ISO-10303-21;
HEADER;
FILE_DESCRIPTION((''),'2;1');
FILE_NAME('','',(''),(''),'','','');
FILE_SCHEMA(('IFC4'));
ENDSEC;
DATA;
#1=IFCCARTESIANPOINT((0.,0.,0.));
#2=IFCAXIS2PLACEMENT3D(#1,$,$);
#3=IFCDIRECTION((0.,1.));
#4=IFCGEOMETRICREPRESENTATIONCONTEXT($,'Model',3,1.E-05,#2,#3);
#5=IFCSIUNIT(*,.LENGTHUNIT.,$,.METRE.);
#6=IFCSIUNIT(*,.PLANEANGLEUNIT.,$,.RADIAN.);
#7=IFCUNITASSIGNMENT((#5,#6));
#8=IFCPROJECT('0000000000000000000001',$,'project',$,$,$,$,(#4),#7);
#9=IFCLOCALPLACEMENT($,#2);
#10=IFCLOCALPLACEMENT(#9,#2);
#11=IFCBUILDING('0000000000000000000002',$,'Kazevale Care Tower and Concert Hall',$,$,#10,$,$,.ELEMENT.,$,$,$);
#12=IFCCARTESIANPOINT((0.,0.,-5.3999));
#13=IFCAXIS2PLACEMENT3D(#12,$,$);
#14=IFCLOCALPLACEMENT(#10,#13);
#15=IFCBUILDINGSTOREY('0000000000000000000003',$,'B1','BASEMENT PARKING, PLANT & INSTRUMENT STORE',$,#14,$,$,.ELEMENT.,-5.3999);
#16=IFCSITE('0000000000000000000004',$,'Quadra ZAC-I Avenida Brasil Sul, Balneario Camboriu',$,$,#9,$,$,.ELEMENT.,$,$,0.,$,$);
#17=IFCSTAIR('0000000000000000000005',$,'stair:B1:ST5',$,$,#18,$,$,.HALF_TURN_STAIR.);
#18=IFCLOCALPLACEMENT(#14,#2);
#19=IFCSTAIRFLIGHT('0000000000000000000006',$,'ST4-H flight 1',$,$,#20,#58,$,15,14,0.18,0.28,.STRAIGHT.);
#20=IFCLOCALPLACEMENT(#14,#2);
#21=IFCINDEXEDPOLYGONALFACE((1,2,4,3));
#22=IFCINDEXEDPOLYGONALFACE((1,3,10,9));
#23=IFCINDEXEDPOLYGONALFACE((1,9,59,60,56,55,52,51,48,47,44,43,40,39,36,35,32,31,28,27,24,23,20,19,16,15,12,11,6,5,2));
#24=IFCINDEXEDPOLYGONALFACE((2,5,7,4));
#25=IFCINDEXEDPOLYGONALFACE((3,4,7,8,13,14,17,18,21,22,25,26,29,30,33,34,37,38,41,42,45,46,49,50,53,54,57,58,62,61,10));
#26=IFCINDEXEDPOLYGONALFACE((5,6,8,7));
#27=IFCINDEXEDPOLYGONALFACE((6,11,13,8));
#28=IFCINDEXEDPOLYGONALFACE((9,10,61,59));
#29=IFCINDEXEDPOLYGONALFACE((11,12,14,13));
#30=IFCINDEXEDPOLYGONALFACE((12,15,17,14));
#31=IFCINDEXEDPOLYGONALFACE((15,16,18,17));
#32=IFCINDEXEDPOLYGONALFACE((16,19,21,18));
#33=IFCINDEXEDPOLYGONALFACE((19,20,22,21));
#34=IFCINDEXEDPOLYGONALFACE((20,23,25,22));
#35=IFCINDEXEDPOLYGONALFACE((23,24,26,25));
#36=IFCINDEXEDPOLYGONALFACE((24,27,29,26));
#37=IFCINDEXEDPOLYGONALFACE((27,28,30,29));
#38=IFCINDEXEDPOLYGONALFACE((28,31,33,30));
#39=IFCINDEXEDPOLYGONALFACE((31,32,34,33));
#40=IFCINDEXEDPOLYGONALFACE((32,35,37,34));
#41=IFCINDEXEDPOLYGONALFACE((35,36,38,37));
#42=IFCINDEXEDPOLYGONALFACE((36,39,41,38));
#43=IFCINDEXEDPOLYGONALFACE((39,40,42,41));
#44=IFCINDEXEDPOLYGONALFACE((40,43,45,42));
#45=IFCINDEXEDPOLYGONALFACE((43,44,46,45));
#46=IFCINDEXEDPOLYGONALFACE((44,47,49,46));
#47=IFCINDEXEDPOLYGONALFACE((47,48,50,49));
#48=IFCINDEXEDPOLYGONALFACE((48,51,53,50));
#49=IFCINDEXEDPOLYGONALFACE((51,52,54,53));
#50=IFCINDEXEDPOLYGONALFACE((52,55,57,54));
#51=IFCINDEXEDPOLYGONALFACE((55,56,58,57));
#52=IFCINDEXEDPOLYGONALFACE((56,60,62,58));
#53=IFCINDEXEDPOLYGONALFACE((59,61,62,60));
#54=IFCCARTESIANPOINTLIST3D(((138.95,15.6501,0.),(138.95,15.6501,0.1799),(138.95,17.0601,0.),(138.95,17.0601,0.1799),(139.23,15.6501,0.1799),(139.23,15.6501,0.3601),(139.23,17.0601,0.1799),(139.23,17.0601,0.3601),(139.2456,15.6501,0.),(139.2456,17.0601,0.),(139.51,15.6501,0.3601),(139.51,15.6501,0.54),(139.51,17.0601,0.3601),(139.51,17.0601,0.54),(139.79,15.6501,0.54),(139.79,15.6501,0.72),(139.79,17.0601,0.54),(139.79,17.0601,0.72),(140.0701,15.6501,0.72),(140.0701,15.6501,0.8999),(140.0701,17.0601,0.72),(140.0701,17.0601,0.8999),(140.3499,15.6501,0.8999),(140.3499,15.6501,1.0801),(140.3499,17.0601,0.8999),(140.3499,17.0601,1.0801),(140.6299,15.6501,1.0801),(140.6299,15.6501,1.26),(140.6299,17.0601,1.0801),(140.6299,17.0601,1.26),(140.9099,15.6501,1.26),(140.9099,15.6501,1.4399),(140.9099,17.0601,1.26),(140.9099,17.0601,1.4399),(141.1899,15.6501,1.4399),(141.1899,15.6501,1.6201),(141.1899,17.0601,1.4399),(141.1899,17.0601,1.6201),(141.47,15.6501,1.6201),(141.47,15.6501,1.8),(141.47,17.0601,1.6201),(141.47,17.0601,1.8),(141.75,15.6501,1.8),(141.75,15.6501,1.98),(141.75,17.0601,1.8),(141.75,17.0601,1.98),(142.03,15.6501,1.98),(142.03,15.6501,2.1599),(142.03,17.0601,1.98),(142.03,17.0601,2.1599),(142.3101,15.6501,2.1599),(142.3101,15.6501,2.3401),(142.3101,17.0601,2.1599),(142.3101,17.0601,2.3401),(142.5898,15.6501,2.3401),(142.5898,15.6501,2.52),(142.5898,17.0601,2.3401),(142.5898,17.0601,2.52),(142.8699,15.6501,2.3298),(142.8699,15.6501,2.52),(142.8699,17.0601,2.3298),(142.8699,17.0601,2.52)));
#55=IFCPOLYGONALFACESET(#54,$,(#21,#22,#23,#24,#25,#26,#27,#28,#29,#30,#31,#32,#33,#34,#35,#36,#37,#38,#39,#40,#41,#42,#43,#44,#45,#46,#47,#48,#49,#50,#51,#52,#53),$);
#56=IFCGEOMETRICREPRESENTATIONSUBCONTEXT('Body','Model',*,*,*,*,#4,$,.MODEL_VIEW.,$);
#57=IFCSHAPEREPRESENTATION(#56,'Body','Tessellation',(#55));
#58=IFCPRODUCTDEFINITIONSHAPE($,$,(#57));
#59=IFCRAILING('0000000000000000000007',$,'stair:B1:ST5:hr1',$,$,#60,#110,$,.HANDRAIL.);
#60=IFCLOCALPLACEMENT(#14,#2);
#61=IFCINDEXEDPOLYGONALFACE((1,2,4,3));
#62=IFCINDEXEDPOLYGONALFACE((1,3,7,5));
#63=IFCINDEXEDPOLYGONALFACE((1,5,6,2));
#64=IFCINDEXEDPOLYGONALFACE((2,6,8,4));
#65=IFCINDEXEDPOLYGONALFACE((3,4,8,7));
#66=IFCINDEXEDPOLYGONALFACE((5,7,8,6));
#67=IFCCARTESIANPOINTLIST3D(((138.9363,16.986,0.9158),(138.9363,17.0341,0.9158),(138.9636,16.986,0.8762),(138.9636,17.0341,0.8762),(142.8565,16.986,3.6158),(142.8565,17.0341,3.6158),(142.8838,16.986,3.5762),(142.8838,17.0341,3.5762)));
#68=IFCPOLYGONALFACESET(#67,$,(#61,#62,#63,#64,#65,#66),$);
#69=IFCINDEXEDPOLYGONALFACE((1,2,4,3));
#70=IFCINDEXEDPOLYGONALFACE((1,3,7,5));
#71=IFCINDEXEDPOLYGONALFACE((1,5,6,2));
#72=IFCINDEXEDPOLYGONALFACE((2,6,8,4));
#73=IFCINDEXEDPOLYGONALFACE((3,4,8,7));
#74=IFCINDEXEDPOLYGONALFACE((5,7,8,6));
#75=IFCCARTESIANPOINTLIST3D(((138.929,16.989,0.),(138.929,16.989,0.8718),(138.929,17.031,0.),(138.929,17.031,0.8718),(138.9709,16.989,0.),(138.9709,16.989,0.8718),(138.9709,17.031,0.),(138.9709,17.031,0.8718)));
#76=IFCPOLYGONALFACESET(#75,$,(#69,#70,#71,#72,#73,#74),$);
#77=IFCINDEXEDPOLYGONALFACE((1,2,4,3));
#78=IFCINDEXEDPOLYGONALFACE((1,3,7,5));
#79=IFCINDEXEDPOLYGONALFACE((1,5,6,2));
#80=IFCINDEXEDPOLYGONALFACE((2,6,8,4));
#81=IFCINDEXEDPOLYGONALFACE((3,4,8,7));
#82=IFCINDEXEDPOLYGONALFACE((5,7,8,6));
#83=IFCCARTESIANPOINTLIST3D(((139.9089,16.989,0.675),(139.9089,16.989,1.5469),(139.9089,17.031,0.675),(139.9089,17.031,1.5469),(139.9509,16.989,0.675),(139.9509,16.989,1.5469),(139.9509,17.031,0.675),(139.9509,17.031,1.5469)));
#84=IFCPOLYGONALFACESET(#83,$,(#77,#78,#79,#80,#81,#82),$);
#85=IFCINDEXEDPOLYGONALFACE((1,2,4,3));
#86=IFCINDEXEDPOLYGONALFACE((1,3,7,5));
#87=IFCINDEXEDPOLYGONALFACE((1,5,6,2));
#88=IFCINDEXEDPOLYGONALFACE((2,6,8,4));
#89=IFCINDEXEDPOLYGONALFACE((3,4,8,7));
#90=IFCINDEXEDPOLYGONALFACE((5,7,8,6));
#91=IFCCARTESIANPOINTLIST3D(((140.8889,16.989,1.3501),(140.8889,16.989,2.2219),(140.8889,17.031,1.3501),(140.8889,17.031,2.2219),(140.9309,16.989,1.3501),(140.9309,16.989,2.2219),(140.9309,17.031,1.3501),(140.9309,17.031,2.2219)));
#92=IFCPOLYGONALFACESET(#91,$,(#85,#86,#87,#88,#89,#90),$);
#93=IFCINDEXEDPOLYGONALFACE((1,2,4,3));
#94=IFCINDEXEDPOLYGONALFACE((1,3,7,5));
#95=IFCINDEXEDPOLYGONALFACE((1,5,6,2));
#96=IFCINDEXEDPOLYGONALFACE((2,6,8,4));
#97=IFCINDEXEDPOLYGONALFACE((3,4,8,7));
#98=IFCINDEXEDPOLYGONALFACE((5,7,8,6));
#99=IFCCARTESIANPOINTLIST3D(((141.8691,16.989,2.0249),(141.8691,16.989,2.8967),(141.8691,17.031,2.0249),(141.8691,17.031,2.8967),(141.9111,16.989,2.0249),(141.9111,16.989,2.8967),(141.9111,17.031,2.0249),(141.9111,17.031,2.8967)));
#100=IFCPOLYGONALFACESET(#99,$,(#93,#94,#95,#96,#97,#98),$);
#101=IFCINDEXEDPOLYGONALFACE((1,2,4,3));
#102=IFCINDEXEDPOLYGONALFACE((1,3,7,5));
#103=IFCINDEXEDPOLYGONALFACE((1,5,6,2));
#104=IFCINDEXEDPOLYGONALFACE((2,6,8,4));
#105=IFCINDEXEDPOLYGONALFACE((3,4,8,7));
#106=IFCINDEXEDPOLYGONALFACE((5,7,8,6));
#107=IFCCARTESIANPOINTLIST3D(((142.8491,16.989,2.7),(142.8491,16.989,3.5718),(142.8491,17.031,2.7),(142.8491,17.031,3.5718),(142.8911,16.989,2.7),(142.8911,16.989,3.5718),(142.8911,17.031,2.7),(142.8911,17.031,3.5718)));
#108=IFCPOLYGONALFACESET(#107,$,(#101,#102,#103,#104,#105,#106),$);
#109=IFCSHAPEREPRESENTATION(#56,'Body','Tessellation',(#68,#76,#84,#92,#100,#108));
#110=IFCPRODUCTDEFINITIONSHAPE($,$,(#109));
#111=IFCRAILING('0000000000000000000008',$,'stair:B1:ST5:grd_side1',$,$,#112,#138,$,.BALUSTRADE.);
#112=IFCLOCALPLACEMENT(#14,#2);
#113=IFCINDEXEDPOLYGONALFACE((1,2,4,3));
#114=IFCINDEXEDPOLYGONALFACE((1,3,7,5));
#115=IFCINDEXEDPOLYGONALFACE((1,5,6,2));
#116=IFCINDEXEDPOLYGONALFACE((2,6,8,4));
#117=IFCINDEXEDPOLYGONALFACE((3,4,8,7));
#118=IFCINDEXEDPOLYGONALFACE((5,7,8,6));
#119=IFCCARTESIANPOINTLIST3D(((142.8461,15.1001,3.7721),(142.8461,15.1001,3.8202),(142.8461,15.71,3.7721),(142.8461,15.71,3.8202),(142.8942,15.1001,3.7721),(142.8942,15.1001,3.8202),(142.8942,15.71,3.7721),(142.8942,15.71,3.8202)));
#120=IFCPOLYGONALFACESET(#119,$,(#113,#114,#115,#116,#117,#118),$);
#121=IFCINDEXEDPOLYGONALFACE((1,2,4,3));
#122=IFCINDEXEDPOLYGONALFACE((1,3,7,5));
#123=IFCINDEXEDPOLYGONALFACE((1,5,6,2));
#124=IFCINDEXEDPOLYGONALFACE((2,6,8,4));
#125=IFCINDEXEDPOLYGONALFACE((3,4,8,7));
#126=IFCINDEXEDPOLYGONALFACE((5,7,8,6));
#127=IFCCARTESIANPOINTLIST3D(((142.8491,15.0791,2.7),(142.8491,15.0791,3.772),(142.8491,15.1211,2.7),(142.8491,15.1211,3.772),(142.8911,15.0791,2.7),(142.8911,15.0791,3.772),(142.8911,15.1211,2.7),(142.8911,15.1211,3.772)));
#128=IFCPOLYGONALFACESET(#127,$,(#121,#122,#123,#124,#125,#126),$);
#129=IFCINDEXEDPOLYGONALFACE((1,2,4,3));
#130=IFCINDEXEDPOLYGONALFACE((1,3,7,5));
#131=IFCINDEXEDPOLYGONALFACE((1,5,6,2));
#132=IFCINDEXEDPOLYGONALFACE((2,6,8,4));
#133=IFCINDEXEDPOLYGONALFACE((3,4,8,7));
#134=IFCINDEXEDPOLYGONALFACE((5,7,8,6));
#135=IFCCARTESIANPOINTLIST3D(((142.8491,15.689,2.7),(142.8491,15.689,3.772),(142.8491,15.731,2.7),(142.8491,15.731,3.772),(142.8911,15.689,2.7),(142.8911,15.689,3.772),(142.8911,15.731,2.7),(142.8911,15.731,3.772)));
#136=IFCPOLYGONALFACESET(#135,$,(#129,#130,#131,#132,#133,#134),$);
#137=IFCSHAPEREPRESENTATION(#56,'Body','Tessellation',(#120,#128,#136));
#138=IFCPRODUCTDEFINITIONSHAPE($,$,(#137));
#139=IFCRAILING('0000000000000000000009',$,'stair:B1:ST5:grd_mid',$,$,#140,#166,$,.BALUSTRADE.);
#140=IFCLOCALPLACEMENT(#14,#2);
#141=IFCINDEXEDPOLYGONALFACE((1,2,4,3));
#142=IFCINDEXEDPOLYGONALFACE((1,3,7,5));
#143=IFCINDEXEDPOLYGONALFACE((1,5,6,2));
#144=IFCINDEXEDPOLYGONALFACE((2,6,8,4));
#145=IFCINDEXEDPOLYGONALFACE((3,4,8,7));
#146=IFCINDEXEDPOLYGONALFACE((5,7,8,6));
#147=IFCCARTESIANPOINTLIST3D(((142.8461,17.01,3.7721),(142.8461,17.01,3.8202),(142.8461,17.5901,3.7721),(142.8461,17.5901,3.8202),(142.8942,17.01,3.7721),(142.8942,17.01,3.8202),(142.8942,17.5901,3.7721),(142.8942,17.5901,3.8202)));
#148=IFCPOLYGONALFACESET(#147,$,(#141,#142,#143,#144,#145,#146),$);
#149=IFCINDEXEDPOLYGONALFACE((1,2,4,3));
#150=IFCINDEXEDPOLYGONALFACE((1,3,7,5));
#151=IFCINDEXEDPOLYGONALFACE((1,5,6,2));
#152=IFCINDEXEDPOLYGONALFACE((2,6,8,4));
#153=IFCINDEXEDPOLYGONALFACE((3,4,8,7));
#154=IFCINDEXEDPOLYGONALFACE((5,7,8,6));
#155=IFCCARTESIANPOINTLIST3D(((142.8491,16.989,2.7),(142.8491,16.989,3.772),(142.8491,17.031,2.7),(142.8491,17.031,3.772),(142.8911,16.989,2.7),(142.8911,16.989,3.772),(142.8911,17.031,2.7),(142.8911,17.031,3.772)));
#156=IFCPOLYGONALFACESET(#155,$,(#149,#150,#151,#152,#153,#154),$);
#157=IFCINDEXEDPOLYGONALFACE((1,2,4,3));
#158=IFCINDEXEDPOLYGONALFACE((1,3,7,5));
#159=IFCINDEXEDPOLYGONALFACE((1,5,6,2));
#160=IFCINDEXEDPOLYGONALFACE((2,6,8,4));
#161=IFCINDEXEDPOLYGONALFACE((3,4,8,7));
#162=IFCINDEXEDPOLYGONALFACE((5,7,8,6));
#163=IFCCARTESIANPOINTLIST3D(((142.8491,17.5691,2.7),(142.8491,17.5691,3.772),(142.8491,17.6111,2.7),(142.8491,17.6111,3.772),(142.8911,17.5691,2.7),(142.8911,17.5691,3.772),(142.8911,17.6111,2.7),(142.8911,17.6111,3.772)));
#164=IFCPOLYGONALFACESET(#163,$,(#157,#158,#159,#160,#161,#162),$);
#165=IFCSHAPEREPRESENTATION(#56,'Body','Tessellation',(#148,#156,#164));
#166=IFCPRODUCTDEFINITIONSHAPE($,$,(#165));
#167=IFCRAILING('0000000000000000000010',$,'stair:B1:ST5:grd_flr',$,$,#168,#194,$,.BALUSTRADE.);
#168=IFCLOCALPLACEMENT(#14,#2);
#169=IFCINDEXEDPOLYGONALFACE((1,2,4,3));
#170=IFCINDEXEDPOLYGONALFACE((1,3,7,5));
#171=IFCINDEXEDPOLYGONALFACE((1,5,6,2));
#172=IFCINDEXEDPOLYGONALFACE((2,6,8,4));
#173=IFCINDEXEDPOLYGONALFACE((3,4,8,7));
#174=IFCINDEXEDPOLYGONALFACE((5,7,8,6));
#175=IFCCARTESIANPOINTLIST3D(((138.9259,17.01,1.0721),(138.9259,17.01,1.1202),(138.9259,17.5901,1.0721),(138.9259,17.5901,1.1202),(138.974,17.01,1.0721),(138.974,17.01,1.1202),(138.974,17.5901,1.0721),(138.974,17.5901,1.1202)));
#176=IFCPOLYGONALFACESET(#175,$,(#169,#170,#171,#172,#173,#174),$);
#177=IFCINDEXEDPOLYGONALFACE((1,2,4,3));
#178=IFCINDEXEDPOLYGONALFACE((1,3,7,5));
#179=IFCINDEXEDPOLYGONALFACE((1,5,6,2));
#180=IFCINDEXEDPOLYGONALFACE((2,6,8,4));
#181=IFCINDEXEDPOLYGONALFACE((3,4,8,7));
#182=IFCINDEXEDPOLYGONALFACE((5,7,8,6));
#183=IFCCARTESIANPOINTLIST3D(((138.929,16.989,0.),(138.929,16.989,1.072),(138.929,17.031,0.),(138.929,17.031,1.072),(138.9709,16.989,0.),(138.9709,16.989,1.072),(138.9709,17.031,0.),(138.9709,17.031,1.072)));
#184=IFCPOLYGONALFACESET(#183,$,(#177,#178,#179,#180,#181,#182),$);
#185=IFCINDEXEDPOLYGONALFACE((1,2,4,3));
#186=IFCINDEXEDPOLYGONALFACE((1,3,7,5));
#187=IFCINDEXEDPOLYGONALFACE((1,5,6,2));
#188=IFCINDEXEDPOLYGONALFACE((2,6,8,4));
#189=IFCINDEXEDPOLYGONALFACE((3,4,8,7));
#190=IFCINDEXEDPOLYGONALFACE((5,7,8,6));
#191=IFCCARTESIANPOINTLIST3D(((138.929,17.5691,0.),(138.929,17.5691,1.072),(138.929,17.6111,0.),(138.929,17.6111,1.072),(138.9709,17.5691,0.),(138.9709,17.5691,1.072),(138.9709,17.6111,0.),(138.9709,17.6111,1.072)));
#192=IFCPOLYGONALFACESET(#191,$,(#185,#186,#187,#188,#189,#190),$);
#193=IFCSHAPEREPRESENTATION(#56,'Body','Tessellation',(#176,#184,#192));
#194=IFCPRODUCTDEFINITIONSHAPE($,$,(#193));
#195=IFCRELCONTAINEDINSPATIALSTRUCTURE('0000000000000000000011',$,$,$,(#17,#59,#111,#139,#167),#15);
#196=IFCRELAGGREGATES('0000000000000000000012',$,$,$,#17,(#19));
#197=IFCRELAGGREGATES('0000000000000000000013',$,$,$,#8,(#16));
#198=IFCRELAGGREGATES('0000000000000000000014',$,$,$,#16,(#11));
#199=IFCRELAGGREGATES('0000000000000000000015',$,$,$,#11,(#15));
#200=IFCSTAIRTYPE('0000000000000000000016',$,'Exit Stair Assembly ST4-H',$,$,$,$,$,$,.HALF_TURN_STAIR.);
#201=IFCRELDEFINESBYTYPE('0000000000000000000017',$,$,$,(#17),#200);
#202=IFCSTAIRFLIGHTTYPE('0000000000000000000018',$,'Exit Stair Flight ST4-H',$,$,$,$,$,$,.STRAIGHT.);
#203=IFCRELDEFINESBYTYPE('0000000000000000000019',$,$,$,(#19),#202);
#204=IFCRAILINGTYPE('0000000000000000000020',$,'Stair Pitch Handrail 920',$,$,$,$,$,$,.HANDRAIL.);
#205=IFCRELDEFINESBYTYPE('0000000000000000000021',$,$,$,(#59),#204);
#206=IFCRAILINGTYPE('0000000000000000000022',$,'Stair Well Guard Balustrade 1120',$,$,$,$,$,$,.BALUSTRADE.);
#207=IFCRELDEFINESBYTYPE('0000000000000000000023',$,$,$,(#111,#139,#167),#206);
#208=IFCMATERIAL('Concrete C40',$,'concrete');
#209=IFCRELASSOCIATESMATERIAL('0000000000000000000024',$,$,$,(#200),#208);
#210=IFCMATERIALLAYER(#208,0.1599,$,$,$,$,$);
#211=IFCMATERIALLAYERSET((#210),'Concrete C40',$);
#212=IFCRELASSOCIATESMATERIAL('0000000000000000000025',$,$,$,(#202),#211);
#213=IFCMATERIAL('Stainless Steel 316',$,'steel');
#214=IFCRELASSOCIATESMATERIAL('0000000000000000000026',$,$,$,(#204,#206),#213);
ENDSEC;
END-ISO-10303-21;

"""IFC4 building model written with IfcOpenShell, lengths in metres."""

from ifc_helpers import new_model, si_unit, direction, frame, origin, origin_2d, place, context, subcontext, project, spatial, polyline, rectangle, outline, extrude, material, layer, layer_set, type_object, element, aggregate, save


model = new_model("IFC4")

# Units and contexts
model_context = context("Model", 3, precision=1e-05, world=origin(), true_north=direction((0.0, 1.0)))
body_context = subcontext(model_context, "Body", "Model", "MODEL_VIEW")
ifc_project = project(units=[si_unit("LENGTHUNIT", "METRE"), si_unit("PLANEANGLEUNIT", "RADIAN")], contexts=[model_context])

# Site, building, storey
site_placement = place(None, origin())
site = spatial("IfcSite", under=ifc_project, at=site_placement, Name="Quadra ZAC-I Avenida Brasil Sul, Balneario Camboriu", CompositionType="ELEMENT", RefElevation=0.0)
building_placement = place(site_placement, origin())
building = spatial("IfcBuilding", under=site, at=building_placement, Name="Kazevale Care Tower and Concert Hall", CompositionType="ELEMENT")
storey_placement = place(building_placement, frame((0.0, 0.0, -5.3999)))
storey = spatial("IfcBuildingStorey", under=building, at=storey_placement, Name="B1", Description="BASEMENT PARKING, PLANT & INSTRUMENT STORE", CompositionType="ELEMENT", Elevation=-5.3999)

# Stair, stair flight
ifc_material_1 = material(Name="Concrete C40", Category="concrete")
stair_type = type_object("IfcStairType", Name="Exit Stair Assembly ST4-H", PredefinedType="HALF_TURN_STAIR", material=ifc_material_1)
stair_placement = place(storey_placement, origin())
stair = element("IfcStair", 1, at=stair_placement, inside=storey, type_object=stair_type, Name="stair:B1:ST5", PredefinedType="HALF_TURN_STAIR")
ifc_layer_1 = layer(ifc_material_1, 0.1599)
ifc_layer_set_1 = layer_set([ifc_layer_1], Name="Concrete C40")
stair_flight_type = type_object("IfcStairFlightType", Name="Exit Stair Flight ST4-H", PredefinedType="STRAIGHT", material=ifc_layer_set_1)
stair_flight_placement = place(storey_placement, frame((138.95, 16.355, 0.0), z_axis=(0.0, 0.0, 1.0), x_axis=(1.0, 0.0, 0.0)))
stair_flight = element("IfcStairFlight", 2, at=stair_flight_placement, type_object=stair_flight_type, Name="ST4-H flight 1", NumberOfRisers=15, NumberOfTreads=14, PredefinedType="STRAIGHT", RiserHeight=0.18, TreadLength=0.28, context=body_context, shape_type="SweptSolid", body=[
    extrude(outline(polyline([(0.0, 0.0), (0.0, 0.1799), (0.28, 0.1799), (0.28, 0.3601), (0.5601, 0.3601), (0.5601, 0.54), (0.8401, 0.54), (0.8401, 0.72), (1.1201, 0.72), (1.1201, 0.8999), (1.3999, 0.8999), (1.3999, 1.0801), (1.6799, 1.0801), (1.6799, 1.26), (1.96, 1.26), (1.96, 1.4399), (2.24, 1.4399), (2.24, 1.6201), (2.52, 1.6201), (2.52, 1.8), (2.8, 1.8), (2.8, 1.98), (3.0801, 1.98), (3.0801, 2.1599), (3.3601, 2.1599), (3.3601, 2.3401), (3.6399, 2.3401), (3.6399, 2.52), (3.9199, 2.52), (3.9199, 2.7), (3.9199, 2.3298), (0.2957, 0.0), (0.0, 0.0)])), frame((0.0, 0.7051, 0.0), z_axis=(0.0, -1.0, 0.0), x_axis=(1.0, 0.0, 0.0)), (0.0, 0.0, 1.0), 1.4099),
])
aggregate(stair, [stair_flight])

# Railings
ifc_material_2 = material(Name="Stainless Steel 316", Category="steel")
railing_type_1 = type_object("IfcRailingType", Name="Stair Pitch Handrail 920", PredefinedType="HANDRAIL", material=ifc_material_2)
railing_1_placement = place(storey_placement, frame((138.95, 17.01, 0.0)))
element("IfcRailing", 3, at=railing_1_placement, inside=storey, type_object=railing_type_1, Name="stair:B1:ST5:hr1", PredefinedType="HANDRAIL", context=body_context, shape_type="SweptSolid", body=[
    extrude(rectangle(XDim=0.0481, YDim=0.0481, at=origin_2d()), frame((0.0, 0.0, 0.896), z_axis=(0.823567, 0.0, 0.567219), x_axis=(0.0, 1.0, 0.0)), (0.0, 0.0, 1.0), 4.76),
    extrude(rectangle(XDim=0.042, YDim=0.042, at=origin_2d()), origin(), (0.0, 0.0, 1.0), 0.8718),
    extrude(rectangle(XDim=0.042, YDim=0.042, at=origin_2d()), frame((0.98, 0.0, 0.675)), (0.0, 0.0, 1.0), 0.8718),
    extrude(rectangle(XDim=0.042, YDim=0.042, at=origin_2d()), frame((1.96, 0.0, 1.3501)), (0.0, 0.0, 1.0), 0.8718),
    extrude(rectangle(XDim=0.042, YDim=0.042, at=origin_2d()), frame((2.9402, 0.0, 2.0249)), (0.0, 0.0, 1.0), 0.8718),
    extrude(rectangle(XDim=0.042, YDim=0.042, at=origin_2d()), frame((3.9202, 0.0, 2.7)), (0.0, 0.0, 1.0), 0.8718),
])
railing_type_2 = type_object("IfcRailingType", Name="Stair Well Guard Balustrade 1120", PredefinedType="BALUSTRADE", material=ifc_material_2)
railing_2_placement = place(storey_placement, frame((142.8701, 15.1001, 2.7)))
element("IfcRailing", 4, at=railing_2_placement, inside=storey, type_object=railing_type_2, Name="stair:B1:ST5:grd_side1", PredefinedType="BALUSTRADE", context=body_context, shape_type="SweptSolid", body=[
    extrude(rectangle(XDim=0.0481, YDim=0.0481, at=origin_2d()), frame((0.0, 0.0, 1.0962), z_axis=(0.0, 1.0, 0.0), x_axis=(-1.0, 0.0, 0.0)), (0.0, 0.0, 1.0), 0.6099),
    extrude(rectangle(XDim=0.042, YDim=0.042, at=origin_2d()), origin(), (0.0, 0.0, 1.0), 1.072),
    extrude(rectangle(XDim=0.042, YDim=0.042, at=origin_2d()), frame((0.0, 0.6099, 0.0)), (0.0, 0.0, 1.0), 1.072),
])
for number, where, name in (
    (5, (142.8701, 17.01, 2.7), "stair:B1:ST5:grd_mid"),
    (6, (138.95, 17.01, 0.0), "stair:B1:ST5:grd_flr"),
):
    element("IfcRailing", number, at=place(storey_placement, frame(where)), inside=storey, type_object=railing_type_2, Name=name, PredefinedType="BALUSTRADE", context=body_context, shape_type="SweptSolid", body=[
        extrude(rectangle(XDim=0.0481, YDim=0.0481, at=origin_2d()), frame((0.0, 0.0, 1.0962), z_axis=(0.0, 1.0, 0.0), x_axis=(-1.0, 0.0, 0.0)), (0.0, 0.0, 1.0), 0.5801),
        extrude(rectangle(XDim=0.042, YDim=0.042, at=origin_2d()), origin(), (0.0, 0.0, 1.0), 1.072),
        extrude(rectangle(XDim=0.042, YDim=0.042, at=origin_2d()), frame((0.0, 0.5801, 0.0)), (0.0, 0.0, 1.0), 1.072),
    ])

save(model, "model.ifc")
